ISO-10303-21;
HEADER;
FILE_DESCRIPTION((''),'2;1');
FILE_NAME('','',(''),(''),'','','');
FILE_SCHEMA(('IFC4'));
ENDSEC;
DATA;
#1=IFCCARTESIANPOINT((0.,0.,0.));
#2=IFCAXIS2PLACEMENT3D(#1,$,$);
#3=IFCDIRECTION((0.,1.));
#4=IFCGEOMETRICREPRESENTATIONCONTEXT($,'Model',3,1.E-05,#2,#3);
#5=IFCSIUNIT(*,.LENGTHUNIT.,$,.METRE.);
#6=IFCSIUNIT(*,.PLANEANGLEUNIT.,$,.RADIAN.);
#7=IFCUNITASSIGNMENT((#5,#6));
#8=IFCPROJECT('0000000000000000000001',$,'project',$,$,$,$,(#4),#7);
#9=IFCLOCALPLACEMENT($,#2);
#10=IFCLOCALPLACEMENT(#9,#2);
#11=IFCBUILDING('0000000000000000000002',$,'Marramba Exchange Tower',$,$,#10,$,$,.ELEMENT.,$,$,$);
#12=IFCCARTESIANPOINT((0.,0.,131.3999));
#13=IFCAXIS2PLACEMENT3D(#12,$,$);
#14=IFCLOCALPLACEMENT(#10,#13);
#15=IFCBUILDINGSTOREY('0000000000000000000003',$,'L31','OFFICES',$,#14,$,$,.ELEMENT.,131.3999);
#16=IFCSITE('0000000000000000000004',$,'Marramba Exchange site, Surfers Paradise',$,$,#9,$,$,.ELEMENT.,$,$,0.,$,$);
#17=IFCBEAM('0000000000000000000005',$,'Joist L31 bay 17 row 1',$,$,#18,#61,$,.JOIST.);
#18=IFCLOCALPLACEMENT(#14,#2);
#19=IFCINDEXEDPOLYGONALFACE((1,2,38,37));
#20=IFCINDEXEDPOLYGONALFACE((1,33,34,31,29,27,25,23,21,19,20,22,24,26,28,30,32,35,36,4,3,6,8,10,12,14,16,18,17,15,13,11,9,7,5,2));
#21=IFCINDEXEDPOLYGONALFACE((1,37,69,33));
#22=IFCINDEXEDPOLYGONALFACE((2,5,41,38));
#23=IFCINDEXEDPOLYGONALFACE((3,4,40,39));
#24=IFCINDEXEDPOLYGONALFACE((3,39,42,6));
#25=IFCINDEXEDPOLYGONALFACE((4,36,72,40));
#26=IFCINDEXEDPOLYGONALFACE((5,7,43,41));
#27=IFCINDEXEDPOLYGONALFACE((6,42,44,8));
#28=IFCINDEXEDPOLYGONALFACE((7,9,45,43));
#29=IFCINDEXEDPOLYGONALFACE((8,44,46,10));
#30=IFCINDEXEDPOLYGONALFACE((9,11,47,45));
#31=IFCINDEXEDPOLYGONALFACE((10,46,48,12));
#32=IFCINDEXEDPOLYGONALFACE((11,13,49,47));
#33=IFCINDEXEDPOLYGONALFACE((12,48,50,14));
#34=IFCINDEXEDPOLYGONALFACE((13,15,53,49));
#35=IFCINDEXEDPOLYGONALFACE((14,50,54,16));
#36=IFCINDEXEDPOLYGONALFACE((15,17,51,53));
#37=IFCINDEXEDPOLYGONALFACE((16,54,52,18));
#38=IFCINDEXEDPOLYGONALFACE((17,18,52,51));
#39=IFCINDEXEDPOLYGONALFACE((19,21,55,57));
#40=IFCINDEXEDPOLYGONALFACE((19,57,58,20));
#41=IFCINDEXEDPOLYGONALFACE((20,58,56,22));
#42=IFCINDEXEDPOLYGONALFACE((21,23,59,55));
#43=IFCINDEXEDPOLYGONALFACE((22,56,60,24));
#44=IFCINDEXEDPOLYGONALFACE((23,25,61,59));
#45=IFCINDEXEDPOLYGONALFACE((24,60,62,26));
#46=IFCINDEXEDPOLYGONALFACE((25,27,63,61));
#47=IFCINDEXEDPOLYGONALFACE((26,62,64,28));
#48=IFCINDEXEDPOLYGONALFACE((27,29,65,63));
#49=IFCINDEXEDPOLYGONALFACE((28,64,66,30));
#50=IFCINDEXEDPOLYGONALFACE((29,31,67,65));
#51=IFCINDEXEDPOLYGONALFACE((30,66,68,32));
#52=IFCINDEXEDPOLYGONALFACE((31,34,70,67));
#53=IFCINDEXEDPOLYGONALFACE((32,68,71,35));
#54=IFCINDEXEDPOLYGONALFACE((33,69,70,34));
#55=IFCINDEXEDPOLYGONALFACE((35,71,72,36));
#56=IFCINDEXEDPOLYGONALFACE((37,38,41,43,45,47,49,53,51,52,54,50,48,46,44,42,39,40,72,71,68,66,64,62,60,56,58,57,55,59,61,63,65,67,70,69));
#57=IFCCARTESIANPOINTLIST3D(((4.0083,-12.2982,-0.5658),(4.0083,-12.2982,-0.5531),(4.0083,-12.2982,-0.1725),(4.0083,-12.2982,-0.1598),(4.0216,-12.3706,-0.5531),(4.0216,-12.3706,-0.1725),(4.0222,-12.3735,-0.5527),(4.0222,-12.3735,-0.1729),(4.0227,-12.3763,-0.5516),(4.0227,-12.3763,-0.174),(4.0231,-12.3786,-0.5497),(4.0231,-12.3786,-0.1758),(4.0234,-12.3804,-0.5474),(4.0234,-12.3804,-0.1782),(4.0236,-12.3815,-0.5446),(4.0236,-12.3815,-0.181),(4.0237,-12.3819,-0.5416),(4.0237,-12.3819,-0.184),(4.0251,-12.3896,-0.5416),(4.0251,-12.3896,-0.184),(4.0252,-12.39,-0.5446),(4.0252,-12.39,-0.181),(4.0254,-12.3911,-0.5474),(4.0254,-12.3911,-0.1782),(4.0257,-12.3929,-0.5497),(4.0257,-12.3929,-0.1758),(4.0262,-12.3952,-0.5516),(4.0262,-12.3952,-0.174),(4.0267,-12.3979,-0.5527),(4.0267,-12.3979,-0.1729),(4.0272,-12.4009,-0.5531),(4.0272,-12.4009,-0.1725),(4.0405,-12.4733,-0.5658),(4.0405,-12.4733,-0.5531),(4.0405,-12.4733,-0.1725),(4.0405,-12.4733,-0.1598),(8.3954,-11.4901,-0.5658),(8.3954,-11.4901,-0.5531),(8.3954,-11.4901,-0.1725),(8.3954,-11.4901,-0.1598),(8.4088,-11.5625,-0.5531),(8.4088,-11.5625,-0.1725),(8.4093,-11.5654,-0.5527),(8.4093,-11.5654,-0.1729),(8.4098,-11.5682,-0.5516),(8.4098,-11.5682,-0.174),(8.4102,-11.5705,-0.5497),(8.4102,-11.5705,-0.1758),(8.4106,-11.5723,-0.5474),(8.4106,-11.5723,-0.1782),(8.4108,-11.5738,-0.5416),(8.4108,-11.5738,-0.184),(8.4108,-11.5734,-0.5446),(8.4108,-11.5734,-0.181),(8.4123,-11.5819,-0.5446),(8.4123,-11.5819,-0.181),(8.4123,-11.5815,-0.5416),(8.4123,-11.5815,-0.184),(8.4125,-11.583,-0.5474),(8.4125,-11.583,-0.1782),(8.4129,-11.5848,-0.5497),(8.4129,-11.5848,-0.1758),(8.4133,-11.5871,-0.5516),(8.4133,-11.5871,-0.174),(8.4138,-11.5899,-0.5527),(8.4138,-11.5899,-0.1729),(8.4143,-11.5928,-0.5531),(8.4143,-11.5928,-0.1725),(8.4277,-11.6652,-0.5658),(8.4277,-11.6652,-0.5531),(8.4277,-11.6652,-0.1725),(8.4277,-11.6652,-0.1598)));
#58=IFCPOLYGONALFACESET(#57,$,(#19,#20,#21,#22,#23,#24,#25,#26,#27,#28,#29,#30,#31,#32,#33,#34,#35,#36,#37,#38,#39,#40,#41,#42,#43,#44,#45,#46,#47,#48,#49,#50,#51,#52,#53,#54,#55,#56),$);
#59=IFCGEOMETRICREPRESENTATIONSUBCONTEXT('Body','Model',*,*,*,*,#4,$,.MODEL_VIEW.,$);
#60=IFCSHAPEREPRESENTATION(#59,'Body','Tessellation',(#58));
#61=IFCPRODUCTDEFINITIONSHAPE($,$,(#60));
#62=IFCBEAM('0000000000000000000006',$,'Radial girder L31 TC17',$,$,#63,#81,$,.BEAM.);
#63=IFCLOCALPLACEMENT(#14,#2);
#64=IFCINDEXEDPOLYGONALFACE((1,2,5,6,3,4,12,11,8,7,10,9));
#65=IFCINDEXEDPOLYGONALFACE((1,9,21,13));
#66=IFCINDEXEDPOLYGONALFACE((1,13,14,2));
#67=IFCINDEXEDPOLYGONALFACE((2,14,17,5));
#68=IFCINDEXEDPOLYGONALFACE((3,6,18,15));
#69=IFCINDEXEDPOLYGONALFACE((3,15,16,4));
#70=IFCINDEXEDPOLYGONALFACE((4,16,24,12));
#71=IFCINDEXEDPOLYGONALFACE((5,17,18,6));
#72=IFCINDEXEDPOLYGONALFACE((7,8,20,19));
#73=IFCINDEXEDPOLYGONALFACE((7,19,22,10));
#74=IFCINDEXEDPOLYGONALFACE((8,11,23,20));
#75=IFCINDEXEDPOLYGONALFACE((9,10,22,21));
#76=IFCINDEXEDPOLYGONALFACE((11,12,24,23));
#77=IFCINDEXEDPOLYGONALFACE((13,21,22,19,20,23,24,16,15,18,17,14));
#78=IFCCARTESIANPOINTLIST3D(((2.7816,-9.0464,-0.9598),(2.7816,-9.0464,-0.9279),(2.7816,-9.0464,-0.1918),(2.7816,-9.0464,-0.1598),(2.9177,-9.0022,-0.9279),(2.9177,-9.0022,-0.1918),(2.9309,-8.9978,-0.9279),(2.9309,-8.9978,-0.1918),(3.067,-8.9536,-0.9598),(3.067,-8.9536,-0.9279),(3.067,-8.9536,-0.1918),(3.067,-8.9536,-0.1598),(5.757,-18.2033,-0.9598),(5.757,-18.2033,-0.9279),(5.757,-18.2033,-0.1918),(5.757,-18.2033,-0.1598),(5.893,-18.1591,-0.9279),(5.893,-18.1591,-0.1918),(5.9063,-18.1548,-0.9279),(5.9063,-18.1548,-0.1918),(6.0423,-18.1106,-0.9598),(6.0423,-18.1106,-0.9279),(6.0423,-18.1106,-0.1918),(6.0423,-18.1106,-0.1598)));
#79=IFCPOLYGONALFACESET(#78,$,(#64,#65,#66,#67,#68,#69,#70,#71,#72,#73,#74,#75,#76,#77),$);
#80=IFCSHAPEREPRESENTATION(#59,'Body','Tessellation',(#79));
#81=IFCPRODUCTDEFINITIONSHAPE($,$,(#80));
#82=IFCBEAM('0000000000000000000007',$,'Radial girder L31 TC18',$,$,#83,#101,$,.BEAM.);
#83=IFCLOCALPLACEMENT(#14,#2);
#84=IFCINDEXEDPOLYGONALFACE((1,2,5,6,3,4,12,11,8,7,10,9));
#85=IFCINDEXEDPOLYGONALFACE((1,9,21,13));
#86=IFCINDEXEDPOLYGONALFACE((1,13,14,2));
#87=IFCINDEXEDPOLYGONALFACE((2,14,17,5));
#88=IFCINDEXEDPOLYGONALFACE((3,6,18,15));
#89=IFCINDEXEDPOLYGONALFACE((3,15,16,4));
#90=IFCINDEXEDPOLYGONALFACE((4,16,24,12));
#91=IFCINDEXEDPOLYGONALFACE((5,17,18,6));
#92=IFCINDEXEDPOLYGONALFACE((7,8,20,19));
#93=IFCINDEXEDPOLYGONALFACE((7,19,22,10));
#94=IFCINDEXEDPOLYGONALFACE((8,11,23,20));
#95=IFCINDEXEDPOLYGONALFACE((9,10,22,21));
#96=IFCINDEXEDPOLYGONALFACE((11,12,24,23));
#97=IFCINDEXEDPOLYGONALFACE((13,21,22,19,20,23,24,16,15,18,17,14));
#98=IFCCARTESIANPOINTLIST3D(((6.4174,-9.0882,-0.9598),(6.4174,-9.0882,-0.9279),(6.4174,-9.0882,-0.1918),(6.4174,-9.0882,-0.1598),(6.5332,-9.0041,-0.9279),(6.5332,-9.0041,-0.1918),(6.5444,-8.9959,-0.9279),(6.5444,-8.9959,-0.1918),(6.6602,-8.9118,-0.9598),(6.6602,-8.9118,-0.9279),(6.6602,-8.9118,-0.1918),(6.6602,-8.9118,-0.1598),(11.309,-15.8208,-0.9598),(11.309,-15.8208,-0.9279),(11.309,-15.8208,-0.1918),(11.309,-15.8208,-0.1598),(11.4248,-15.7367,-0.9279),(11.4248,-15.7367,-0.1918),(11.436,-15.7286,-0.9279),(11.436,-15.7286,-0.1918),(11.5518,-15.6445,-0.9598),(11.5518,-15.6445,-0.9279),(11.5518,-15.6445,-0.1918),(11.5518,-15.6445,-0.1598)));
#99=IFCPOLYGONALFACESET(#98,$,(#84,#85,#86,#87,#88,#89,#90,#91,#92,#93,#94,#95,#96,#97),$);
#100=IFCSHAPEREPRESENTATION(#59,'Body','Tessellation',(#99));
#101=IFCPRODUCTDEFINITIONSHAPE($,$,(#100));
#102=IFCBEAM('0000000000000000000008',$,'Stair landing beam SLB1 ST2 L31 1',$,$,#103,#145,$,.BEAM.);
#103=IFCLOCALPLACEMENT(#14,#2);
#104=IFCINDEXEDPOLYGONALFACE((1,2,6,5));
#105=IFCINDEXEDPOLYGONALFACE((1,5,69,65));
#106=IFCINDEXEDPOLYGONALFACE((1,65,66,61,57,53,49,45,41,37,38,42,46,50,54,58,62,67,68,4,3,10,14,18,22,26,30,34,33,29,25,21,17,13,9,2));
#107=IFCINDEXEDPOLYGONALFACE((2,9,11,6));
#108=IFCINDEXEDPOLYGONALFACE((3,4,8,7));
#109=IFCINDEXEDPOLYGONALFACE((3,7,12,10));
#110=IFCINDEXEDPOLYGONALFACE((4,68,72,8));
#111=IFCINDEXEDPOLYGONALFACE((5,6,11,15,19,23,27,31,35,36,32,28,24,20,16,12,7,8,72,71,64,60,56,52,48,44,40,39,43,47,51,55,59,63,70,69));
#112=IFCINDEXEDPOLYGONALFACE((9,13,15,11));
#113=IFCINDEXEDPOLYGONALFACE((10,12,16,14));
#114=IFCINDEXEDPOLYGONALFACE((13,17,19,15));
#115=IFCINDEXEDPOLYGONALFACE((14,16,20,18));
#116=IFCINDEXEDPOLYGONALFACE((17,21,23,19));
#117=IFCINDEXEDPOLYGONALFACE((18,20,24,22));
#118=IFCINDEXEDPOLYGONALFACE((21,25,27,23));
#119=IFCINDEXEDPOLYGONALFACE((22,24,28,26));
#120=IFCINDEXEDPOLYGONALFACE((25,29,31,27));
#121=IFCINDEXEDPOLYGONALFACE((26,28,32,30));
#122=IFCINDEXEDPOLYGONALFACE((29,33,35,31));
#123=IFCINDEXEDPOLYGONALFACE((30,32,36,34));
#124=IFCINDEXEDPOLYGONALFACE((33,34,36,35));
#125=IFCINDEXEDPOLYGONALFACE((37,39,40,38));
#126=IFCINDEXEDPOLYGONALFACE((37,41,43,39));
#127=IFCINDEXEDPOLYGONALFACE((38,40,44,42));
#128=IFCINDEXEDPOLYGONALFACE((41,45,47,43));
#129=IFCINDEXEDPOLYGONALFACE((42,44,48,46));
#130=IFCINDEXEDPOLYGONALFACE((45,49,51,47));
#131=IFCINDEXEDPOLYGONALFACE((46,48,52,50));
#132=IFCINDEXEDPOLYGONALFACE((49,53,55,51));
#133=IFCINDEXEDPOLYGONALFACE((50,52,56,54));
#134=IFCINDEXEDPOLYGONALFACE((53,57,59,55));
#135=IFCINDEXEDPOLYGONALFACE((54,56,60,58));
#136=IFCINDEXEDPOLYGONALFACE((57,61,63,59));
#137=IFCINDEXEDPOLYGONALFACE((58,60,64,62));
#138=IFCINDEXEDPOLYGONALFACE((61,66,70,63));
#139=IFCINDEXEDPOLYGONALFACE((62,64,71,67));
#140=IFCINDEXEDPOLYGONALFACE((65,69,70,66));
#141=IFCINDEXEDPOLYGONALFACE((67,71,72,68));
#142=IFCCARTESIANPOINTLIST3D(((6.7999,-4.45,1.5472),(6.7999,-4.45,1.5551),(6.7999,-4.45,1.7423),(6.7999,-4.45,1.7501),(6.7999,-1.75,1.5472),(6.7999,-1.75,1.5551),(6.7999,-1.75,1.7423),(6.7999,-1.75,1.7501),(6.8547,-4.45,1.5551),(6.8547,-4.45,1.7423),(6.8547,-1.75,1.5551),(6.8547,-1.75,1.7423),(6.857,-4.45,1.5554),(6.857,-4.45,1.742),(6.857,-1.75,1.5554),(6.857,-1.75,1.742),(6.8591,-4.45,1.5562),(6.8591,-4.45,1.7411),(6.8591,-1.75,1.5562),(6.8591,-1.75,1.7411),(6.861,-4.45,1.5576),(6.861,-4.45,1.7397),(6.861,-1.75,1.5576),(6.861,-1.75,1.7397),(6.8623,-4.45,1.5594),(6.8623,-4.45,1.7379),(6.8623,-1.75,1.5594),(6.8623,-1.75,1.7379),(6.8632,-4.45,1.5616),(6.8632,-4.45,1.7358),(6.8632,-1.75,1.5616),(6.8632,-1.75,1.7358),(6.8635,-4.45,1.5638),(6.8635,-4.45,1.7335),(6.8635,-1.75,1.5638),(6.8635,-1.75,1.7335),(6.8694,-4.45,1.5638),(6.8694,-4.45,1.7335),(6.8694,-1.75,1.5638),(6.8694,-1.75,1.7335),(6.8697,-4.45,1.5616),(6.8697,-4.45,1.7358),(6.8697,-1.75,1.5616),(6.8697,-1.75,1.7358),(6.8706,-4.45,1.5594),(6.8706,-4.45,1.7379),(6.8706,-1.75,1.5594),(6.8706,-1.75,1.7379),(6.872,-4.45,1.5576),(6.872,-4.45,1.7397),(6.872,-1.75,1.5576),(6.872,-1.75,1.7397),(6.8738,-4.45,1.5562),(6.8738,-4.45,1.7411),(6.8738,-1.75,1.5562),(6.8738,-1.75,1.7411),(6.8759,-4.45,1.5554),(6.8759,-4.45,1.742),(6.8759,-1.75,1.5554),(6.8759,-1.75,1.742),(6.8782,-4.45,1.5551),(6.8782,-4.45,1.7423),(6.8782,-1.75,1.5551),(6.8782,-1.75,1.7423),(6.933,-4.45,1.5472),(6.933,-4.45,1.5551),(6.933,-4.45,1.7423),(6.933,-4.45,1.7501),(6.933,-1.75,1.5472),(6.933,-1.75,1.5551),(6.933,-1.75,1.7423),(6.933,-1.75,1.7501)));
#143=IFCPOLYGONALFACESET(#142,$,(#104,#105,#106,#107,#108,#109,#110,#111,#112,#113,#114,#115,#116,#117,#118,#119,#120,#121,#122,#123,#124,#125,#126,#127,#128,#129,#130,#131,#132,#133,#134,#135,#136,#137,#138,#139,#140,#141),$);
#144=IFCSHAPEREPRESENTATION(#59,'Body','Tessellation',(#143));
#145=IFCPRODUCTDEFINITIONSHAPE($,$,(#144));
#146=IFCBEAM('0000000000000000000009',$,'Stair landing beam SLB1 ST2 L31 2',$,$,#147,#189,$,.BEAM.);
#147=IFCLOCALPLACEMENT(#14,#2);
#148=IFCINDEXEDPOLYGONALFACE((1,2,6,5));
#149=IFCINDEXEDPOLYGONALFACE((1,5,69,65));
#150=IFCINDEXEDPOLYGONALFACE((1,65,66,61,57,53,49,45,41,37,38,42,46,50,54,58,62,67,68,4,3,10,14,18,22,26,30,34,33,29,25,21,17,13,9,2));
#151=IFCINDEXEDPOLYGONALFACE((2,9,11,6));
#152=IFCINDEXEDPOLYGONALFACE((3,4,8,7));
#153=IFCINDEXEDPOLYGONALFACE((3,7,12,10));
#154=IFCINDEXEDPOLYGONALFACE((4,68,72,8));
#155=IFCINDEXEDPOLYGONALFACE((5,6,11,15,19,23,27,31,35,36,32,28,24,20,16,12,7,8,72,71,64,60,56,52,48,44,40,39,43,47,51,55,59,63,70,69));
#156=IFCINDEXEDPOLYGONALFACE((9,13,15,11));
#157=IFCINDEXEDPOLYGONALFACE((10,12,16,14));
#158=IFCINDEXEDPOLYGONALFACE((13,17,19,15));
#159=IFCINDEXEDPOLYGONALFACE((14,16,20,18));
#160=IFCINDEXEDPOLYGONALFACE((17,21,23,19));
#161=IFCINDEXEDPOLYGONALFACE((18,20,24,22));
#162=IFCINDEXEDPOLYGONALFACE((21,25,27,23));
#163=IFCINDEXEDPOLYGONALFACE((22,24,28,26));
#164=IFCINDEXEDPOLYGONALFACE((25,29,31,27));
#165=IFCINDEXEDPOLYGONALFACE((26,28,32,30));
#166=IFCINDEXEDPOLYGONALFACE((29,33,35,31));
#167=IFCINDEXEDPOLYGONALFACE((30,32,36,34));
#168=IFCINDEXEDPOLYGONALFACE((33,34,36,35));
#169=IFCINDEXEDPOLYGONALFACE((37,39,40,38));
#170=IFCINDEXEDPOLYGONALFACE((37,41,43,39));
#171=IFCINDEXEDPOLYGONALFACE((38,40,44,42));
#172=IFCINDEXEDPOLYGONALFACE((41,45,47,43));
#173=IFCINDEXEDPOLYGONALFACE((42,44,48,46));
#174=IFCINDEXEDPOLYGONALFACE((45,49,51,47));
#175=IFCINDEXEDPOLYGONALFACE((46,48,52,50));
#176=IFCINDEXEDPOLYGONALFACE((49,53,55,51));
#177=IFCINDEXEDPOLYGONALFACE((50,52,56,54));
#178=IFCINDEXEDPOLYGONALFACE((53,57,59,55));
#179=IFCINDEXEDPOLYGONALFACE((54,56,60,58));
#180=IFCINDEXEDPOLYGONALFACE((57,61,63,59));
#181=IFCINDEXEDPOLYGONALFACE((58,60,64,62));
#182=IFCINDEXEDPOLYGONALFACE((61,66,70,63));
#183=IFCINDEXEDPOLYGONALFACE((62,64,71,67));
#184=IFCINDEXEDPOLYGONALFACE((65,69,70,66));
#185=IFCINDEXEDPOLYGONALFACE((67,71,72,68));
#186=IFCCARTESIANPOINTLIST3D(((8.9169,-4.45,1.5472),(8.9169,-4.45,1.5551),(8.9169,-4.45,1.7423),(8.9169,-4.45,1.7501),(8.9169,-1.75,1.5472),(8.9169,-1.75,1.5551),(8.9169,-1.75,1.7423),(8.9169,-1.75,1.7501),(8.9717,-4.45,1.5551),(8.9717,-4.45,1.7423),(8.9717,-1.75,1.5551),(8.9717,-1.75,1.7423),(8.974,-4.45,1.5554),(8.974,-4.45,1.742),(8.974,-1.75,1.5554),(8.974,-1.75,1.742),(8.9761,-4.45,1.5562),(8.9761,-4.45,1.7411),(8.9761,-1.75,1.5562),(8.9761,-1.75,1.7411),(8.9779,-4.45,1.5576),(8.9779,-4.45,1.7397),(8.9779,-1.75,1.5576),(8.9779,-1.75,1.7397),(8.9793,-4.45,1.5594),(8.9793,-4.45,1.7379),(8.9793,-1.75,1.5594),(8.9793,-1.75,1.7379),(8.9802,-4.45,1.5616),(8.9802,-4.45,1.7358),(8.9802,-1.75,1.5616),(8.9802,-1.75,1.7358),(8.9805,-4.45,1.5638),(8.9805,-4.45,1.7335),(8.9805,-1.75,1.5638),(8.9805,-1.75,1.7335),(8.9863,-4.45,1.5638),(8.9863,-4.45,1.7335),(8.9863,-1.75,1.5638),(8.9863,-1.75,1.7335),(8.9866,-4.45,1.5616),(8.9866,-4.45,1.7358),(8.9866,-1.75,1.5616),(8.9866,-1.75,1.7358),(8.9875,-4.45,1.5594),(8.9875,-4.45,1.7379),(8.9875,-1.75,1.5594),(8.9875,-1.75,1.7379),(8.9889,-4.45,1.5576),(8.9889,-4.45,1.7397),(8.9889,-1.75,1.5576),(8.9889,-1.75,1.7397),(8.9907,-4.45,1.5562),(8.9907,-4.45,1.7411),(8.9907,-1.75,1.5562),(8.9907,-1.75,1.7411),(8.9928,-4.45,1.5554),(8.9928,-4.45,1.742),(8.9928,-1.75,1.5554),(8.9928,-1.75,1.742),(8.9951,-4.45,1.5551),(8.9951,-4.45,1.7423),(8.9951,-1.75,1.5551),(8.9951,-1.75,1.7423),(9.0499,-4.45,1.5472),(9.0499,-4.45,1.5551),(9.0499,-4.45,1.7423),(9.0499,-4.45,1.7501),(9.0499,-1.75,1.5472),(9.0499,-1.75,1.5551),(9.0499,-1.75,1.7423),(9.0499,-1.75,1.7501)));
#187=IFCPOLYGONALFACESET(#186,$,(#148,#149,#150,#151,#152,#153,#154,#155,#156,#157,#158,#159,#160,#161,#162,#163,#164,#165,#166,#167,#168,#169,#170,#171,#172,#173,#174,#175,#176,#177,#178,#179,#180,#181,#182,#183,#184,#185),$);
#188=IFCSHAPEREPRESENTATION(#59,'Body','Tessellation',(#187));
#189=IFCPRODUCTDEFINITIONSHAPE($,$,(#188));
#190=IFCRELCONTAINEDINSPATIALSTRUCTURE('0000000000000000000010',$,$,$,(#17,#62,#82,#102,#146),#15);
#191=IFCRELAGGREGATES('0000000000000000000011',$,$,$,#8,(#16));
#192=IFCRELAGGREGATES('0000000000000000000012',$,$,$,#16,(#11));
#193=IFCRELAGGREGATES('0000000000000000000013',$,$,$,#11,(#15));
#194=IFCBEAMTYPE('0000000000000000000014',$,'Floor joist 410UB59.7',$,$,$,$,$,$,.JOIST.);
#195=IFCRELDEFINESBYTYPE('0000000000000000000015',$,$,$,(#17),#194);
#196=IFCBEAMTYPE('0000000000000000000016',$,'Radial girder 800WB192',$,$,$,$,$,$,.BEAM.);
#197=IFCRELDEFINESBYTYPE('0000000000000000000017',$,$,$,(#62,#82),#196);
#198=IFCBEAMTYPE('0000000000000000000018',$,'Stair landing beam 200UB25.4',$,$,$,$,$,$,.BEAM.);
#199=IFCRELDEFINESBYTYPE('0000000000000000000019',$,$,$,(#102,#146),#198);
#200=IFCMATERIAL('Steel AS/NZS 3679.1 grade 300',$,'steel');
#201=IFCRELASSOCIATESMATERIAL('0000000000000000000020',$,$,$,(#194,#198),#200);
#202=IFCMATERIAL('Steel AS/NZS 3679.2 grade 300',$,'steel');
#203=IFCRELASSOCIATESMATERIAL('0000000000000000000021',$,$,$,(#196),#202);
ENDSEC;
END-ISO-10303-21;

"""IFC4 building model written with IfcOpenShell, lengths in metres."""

from ifc_helpers import new_model, si_unit, direction, frame, origin, origin_2d, place, context, subcontext, project, spatial, i_section, extrude, material, material_profile, profile_set, type_object, element, save


model = new_model("IFC4")

# Units and contexts
model_context = context("Model", 3, precision=1e-05, world=origin(), true_north=direction((0.0, 1.0)))
body_context = subcontext(model_context, "Body", "Model", "MODEL_VIEW")
ifc_project = project(units=[si_unit("LENGTHUNIT", "METRE"), si_unit("PLANEANGLEUNIT", "RADIAN")], contexts=[model_context])

# Site, building, storey
site_placement = place(None, origin())
site = spatial("IfcSite", under=ifc_project, at=site_placement, Name="Marramba Exchange site, Surfers Paradise", CompositionType="ELEMENT", RefElevation=0.0)
building_placement = place(site_placement, origin())
building = spatial("IfcBuilding", under=site, at=building_placement, Name="Marramba Exchange Tower", CompositionType="ELEMENT")
storey_placement = place(building_placement, frame((0.0, 0.0, 131.3999)))
storey = spatial("IfcBuildingStorey", under=building, at=storey_placement, Name="L31", Description="OFFICES", CompositionType="ELEMENT", Elevation=131.3999)

# Beams
ifc_material_1 = material(Name="Steel AS/NZS 3679.1 grade 300", Category="steel")
ifc_material_profile_1 = material_profile(ifc_material_1, i_section(OverallWidth=0.178, OverallDepth=0.406, WebThickness=0.0078, FlangeThickness=0.0127, FilletRadius=0.0115, at=origin_2d()), Name="410UB59.7")
ifc_profile_set_1 = profile_set([ifc_material_profile_1], Name="Steel AS/NZS 3679.1 grade 300")
beam_type_1 = type_object("IfcBeamType", Name="Floor joist 410UB59.7", PredefinedType="JOIST", material=ifc_profile_set_1)
beam_1_placement = place(storey_placement, frame((4.0244, -12.3857, -0.3628), z_axis=(0.983456, 0.181149, 0.0), x_axis=(-0.181149, 0.983456, 0.0)))
element("IfcBeam", 1, at=beam_1_placement, inside=storey, type_object=beam_type_1, Name="Joist L31 bay 17 row 1", PredefinedType="JOIST", context=body_context, shape_type="SweptSolid", body=[
    extrude(i_section(OverallWidth=0.178, OverallDepth=0.406, WebThickness=0.0078, FlangeThickness=0.0127, FilletRadius=0.0115, at=origin_2d()), origin(), (0.0, 0.0, 1.0), 4.4609),
])
ifc_material_2 = material(Name="Steel AS/NZS 3679.2 grade 300", Category="steel")
ifc_material_profile_2 = material_profile(ifc_material_2, i_section(OverallWidth=0.3, OverallDepth=0.8, WebThickness=0.0139, FlangeThickness=0.032, at=origin_2d()), Name="800WB192")
ifc_profile_set_2 = profile_set([ifc_material_profile_2], Name="Steel AS/NZS 3679.2 grade 300")
beam_type_2 = type_object("IfcBeamType", Name="Radial girder 800WB192", PredefinedType="BEAM", material=ifc_profile_set_2)
beam_2_placement = place(storey_placement, frame((2.9243, -9.0, -0.5598), z_axis=(0.309022, -0.951055, 0.0), x_axis=(0.951055, 0.309022, 0.0)))
element("IfcBeam", 2, at=beam_2_placement, inside=storey, type_object=beam_type_2, Name="Radial girder L31 TC17", PredefinedType="BEAM", context=body_context, shape_type="SweptSolid", body=[
    extrude(i_section(OverallWidth=0.3, OverallDepth=0.8, WebThickness=0.0139, FlangeThickness=0.032, at=origin_2d()), origin(), (0.0, 0.0, 1.0), 9.6282),
])
beam_3_placement = place(storey_placement, frame((6.5388, -9.0, -0.5598), z_axis=(0.587788, -0.809015, 0.0), x_axis=(0.809015, 0.587788, 0.0)))
element("IfcBeam", 3, at=beam_3_placement, inside=storey, type_object=beam_type_2, Name="Radial girder L31 TC18", PredefinedType="BEAM", context=body_context, shape_type="SweptSolid", body=[
    extrude(i_section(OverallWidth=0.3, OverallDepth=0.8, WebThickness=0.0139, FlangeThickness=0.032, at=origin_2d()), origin(), (0.0, 0.0, 1.0), 8.322),
])
ifc_material_profile_3 = material_profile(ifc_material_1, i_section(OverallWidth=0.1331, OverallDepth=0.2029, WebThickness=0.0059, FlangeThickness=0.0078, FilletRadius=0.0088, at=origin_2d()), Name="200UB25.4")
ifc_profile_set_3 = profile_set([ifc_material_profile_3], Name="Steel AS/NZS 3679.1 grade 300")
beam_type_3 = type_object("IfcBeamType", Name="Stair landing beam 200UB25.4", PredefinedType="BEAM", material=ifc_profile_set_3)
for number, where, z_axis, x_axis, name in (
    (4, (6.8665, -4.45, 1.6487), (0.0, 1.0, 0.0), (-1.0, 0.0, 0.0), "Stair landing beam SLB1 ST2 L31 1"),
    (5, (8.9834, -4.45, 1.6487), (0.0, 1.0, 0.0), (-1.0, 0.0, 0.0), "Stair landing beam SLB1 ST2 L31 2"),
):
    element("IfcBeam", number, at=place(storey_placement, frame(where, z_axis=z_axis, x_axis=x_axis)), inside=storey, type_object=beam_type_3, Name=name, PredefinedType="BEAM", context=body_context, shape_type="SweptSolid", body=[
        extrude(i_section(OverallWidth=0.1331, OverallDepth=0.2029, WebThickness=0.0059, FlangeThickness=0.0078, FilletRadius=0.0088, at=origin_2d()), origin(), (0.0, 0.0, 1.0), 2.7),
    ])

save(model, "model.ifc")
